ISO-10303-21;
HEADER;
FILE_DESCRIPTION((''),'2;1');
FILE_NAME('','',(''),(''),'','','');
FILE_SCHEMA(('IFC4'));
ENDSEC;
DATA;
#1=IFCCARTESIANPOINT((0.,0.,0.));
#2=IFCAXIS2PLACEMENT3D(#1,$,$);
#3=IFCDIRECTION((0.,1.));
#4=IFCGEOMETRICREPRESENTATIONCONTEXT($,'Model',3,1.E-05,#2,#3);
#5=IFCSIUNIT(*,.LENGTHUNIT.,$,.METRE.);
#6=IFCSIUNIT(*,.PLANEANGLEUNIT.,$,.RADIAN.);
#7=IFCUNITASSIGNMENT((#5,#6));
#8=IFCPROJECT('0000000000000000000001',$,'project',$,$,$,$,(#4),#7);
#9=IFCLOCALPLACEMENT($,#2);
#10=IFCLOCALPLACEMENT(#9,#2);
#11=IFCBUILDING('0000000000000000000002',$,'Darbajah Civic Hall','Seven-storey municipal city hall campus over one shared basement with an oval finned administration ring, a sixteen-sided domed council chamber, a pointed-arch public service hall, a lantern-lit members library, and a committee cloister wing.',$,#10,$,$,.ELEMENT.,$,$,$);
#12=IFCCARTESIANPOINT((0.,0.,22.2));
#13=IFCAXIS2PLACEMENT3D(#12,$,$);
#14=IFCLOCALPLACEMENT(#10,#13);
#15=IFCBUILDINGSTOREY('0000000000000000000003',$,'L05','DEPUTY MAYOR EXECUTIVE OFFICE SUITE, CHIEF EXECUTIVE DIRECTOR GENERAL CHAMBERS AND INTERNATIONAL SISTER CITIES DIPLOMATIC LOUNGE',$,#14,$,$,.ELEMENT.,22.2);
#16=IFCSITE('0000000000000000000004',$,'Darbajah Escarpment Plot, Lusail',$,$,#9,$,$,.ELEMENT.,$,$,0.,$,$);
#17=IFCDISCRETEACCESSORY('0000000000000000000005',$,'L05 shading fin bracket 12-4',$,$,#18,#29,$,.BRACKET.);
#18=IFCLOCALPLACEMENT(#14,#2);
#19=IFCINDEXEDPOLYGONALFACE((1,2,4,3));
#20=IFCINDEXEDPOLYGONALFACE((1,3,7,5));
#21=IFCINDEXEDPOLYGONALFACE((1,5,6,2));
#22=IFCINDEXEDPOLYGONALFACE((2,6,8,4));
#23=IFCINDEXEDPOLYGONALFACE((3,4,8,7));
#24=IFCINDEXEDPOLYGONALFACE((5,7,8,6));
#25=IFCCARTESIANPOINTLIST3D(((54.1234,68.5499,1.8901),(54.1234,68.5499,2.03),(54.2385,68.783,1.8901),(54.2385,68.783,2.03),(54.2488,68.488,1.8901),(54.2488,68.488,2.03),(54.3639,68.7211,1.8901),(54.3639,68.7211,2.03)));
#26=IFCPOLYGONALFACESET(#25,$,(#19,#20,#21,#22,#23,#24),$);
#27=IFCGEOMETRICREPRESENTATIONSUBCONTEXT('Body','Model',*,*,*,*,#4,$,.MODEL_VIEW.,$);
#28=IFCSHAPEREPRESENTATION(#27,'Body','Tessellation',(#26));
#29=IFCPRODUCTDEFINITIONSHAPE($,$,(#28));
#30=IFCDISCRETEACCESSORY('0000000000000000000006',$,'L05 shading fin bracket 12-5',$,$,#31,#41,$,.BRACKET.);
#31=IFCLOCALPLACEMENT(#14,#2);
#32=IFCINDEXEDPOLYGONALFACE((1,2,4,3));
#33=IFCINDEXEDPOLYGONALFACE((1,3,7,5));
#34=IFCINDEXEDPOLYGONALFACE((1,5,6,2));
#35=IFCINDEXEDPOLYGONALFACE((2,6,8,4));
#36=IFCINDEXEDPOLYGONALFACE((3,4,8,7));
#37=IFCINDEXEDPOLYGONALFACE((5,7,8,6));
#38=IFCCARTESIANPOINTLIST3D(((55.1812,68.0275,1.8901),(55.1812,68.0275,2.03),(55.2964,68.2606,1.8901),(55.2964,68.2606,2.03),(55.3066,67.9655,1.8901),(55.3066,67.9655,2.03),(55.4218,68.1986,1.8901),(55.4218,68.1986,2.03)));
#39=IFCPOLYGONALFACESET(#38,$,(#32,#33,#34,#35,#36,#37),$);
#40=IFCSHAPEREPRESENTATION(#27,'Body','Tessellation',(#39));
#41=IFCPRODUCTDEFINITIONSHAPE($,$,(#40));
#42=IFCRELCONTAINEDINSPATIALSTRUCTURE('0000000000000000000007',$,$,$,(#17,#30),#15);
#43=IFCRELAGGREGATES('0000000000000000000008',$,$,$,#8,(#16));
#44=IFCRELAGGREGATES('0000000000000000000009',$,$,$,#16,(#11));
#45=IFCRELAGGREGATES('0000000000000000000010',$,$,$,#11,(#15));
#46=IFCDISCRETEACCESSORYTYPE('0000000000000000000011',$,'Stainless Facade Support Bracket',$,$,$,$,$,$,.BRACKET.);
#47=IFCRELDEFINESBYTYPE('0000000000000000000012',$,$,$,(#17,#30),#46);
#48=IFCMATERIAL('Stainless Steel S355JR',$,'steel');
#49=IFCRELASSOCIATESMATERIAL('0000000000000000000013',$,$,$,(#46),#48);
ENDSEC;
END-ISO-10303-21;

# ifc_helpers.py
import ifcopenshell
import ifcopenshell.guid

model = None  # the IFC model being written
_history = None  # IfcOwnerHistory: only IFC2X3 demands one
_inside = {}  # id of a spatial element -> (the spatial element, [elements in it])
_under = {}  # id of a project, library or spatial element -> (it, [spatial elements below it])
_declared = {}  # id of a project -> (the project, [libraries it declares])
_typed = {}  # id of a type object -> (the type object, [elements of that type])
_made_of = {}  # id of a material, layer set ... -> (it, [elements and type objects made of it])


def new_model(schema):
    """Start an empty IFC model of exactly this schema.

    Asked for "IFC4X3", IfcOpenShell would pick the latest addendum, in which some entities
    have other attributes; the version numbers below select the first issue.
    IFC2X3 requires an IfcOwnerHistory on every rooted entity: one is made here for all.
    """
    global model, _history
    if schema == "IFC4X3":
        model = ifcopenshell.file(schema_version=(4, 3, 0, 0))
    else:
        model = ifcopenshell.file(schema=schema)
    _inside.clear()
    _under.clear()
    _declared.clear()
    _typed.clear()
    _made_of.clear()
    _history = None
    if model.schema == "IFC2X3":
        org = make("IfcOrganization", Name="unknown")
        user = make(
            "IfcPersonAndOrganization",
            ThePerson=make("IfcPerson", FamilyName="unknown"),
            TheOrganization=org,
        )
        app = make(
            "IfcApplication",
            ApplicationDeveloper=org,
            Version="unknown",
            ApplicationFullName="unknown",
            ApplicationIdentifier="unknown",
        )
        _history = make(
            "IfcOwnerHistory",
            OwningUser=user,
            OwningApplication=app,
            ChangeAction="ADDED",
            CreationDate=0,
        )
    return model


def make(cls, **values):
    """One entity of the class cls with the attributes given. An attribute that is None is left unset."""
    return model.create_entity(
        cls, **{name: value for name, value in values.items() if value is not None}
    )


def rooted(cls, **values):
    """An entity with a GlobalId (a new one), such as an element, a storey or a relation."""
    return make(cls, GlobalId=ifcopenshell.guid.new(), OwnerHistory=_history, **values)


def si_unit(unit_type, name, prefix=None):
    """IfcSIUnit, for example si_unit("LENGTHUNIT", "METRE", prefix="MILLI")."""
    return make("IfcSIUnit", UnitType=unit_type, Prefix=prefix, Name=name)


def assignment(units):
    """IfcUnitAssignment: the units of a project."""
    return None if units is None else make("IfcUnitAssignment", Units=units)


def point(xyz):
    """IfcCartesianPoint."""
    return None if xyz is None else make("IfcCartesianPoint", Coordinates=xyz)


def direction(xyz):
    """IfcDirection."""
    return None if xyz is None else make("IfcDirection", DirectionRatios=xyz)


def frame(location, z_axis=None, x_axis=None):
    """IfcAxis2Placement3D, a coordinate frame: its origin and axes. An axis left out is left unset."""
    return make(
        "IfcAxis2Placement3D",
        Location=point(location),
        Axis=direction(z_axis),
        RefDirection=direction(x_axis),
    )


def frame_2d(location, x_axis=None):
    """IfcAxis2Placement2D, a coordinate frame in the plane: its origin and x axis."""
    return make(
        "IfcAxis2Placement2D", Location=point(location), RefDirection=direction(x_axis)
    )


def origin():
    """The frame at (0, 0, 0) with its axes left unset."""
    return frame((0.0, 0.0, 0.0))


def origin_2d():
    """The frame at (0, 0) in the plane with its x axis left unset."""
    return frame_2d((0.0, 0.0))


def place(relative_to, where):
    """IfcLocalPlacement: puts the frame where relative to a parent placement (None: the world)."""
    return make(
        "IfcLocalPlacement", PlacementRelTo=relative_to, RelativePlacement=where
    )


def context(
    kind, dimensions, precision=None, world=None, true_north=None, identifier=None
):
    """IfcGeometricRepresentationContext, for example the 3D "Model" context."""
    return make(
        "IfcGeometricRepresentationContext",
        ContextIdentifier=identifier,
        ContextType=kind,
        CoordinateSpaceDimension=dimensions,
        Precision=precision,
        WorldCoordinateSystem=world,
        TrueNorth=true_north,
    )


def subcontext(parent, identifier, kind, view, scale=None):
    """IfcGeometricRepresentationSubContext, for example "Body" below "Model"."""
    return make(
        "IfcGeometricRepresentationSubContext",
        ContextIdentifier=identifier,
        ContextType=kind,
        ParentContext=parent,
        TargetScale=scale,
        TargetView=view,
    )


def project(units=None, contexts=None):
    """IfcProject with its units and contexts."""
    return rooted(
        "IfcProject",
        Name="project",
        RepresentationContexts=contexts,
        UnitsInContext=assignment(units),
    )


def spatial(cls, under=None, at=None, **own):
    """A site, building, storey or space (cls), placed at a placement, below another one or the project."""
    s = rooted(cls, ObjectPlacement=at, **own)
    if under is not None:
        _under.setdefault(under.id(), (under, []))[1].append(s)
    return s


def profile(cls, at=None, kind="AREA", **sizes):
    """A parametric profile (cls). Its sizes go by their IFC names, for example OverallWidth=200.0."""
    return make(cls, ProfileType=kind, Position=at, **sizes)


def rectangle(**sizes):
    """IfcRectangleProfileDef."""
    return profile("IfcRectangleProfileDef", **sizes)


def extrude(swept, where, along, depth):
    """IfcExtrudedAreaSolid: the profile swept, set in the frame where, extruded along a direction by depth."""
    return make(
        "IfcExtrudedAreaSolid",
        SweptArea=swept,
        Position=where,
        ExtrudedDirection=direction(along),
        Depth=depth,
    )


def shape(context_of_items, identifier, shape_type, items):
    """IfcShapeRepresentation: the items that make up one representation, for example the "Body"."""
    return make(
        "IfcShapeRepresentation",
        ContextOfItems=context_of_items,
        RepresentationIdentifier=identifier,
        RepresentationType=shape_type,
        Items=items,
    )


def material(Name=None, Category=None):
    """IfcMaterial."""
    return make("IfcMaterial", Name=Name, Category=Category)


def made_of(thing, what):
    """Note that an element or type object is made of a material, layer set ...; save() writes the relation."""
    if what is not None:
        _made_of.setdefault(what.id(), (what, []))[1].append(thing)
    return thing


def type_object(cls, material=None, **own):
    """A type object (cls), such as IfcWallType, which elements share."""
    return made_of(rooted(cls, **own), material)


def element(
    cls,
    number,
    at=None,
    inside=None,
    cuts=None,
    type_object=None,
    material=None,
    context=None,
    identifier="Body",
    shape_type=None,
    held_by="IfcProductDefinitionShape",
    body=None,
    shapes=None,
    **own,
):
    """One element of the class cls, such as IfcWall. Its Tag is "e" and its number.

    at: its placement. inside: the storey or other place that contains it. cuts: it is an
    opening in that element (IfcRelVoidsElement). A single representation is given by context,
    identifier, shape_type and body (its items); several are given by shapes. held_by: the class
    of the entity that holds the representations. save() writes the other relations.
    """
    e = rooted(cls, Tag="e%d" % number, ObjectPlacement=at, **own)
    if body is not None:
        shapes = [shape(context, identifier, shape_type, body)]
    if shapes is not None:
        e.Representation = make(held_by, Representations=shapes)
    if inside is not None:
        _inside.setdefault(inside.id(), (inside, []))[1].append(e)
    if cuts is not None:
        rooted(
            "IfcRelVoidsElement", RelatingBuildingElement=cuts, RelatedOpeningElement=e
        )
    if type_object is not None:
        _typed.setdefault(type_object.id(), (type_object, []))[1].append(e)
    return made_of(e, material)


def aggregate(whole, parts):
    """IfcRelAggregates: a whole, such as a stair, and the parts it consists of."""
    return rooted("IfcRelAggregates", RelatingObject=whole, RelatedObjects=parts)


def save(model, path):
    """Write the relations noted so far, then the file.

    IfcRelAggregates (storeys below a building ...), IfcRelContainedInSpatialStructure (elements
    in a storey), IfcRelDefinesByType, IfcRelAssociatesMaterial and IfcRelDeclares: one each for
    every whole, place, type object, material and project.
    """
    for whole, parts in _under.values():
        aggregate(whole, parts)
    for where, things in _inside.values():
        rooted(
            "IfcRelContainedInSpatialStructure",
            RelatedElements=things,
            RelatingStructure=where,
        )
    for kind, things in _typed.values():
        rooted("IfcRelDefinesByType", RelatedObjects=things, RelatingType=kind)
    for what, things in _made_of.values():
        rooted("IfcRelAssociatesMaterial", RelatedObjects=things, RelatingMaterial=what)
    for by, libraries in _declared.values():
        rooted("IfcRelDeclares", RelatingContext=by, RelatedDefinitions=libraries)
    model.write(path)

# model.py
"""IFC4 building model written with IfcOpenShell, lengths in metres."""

from ifc_helpers import new_model, si_unit, direction, frame, origin, origin_2d, place, context, subcontext, project, spatial, rectangle, extrude, material, type_object, element, save


model = new_model("IFC4")

# Units and contexts
model_context = context("Model", 3, precision=1e-05, world=origin(), true_north=direction((0.0, 1.0)))
body_context = subcontext(model_context, "Body", "Model", "MODEL_VIEW")
ifc_project = project(units=[si_unit("LENGTHUNIT", "METRE"), si_unit("PLANEANGLEUNIT", "RADIAN")], contexts=[model_context])

# Site, building, storey
site_placement = place(None, origin())
site = spatial("IfcSite", under=ifc_project, at=site_placement, Name="Darbajah Escarpment Plot, Lusail", CompositionType="ELEMENT", RefElevation=0.0)
building_placement = place(site_placement, origin())
building = spatial("IfcBuilding", under=site, at=building_placement, Name="Darbajah Civic Hall", Description="Seven-storey municipal city hall campus over one shared basement with an oval finned administration ring, a sixteen-sided domed council chamber, a pointed-arch public service hall, a lantern-lit members library, and a committee cloister wing.", CompositionType="ELEMENT")
storey_placement = place(building_placement, frame((0.0, 0.0, 22.2)))
storey = spatial("IfcBuildingStorey", under=building, at=storey_placement, Name="L05", Description="DEPUTY MAYOR EXECUTIVE OFFICE SUITE, CHIEF EXECUTIVE DIRECTOR GENERAL CHAMBERS AND INTERNATIONAL SISTER CITIES DIPLOMATIC LOUNGE", CompositionType="ELEMENT", Elevation=22.2)

# Discrete accessories
ifc_material_1 = material(Name="Stainless Steel S355JR", Category="steel")
discrete_accessory_type = type_object("IfcDiscreteAccessoryType", Name="Stainless Facade Support Bracket", PredefinedType="BRACKET", material=ifc_material_1)
for number, where, z_axis, x_axis, name in (
    (1, (54.2437, 68.6355, 1.8901), (0.0, 0.0, 1.0), (-0.442915, -0.896564, 0.0), "L05 shading fin bracket 12-4"),
    (2, (55.3015, 68.113, 1.8901), (0.0, 0.0, 1.0), (-0.442915, -0.896564, 0.0), "L05 shading fin bracket 12-5"),
):
    element("IfcDiscreteAccessory", number, at=place(storey_placement, frame(where, z_axis=z_axis, x_axis=x_axis)), inside=storey, type_object=discrete_accessory_type, Name=name, PredefinedType="BRACKET", context=body_context, shape_type="SweptSolid", body=[
        extrude(rectangle(XDim=0.26, YDim=0.1399, at=origin_2d()), origin(), (0.0, 0.0, 1.0), 0.1399),
    ])

save(model, "model.ifc")
